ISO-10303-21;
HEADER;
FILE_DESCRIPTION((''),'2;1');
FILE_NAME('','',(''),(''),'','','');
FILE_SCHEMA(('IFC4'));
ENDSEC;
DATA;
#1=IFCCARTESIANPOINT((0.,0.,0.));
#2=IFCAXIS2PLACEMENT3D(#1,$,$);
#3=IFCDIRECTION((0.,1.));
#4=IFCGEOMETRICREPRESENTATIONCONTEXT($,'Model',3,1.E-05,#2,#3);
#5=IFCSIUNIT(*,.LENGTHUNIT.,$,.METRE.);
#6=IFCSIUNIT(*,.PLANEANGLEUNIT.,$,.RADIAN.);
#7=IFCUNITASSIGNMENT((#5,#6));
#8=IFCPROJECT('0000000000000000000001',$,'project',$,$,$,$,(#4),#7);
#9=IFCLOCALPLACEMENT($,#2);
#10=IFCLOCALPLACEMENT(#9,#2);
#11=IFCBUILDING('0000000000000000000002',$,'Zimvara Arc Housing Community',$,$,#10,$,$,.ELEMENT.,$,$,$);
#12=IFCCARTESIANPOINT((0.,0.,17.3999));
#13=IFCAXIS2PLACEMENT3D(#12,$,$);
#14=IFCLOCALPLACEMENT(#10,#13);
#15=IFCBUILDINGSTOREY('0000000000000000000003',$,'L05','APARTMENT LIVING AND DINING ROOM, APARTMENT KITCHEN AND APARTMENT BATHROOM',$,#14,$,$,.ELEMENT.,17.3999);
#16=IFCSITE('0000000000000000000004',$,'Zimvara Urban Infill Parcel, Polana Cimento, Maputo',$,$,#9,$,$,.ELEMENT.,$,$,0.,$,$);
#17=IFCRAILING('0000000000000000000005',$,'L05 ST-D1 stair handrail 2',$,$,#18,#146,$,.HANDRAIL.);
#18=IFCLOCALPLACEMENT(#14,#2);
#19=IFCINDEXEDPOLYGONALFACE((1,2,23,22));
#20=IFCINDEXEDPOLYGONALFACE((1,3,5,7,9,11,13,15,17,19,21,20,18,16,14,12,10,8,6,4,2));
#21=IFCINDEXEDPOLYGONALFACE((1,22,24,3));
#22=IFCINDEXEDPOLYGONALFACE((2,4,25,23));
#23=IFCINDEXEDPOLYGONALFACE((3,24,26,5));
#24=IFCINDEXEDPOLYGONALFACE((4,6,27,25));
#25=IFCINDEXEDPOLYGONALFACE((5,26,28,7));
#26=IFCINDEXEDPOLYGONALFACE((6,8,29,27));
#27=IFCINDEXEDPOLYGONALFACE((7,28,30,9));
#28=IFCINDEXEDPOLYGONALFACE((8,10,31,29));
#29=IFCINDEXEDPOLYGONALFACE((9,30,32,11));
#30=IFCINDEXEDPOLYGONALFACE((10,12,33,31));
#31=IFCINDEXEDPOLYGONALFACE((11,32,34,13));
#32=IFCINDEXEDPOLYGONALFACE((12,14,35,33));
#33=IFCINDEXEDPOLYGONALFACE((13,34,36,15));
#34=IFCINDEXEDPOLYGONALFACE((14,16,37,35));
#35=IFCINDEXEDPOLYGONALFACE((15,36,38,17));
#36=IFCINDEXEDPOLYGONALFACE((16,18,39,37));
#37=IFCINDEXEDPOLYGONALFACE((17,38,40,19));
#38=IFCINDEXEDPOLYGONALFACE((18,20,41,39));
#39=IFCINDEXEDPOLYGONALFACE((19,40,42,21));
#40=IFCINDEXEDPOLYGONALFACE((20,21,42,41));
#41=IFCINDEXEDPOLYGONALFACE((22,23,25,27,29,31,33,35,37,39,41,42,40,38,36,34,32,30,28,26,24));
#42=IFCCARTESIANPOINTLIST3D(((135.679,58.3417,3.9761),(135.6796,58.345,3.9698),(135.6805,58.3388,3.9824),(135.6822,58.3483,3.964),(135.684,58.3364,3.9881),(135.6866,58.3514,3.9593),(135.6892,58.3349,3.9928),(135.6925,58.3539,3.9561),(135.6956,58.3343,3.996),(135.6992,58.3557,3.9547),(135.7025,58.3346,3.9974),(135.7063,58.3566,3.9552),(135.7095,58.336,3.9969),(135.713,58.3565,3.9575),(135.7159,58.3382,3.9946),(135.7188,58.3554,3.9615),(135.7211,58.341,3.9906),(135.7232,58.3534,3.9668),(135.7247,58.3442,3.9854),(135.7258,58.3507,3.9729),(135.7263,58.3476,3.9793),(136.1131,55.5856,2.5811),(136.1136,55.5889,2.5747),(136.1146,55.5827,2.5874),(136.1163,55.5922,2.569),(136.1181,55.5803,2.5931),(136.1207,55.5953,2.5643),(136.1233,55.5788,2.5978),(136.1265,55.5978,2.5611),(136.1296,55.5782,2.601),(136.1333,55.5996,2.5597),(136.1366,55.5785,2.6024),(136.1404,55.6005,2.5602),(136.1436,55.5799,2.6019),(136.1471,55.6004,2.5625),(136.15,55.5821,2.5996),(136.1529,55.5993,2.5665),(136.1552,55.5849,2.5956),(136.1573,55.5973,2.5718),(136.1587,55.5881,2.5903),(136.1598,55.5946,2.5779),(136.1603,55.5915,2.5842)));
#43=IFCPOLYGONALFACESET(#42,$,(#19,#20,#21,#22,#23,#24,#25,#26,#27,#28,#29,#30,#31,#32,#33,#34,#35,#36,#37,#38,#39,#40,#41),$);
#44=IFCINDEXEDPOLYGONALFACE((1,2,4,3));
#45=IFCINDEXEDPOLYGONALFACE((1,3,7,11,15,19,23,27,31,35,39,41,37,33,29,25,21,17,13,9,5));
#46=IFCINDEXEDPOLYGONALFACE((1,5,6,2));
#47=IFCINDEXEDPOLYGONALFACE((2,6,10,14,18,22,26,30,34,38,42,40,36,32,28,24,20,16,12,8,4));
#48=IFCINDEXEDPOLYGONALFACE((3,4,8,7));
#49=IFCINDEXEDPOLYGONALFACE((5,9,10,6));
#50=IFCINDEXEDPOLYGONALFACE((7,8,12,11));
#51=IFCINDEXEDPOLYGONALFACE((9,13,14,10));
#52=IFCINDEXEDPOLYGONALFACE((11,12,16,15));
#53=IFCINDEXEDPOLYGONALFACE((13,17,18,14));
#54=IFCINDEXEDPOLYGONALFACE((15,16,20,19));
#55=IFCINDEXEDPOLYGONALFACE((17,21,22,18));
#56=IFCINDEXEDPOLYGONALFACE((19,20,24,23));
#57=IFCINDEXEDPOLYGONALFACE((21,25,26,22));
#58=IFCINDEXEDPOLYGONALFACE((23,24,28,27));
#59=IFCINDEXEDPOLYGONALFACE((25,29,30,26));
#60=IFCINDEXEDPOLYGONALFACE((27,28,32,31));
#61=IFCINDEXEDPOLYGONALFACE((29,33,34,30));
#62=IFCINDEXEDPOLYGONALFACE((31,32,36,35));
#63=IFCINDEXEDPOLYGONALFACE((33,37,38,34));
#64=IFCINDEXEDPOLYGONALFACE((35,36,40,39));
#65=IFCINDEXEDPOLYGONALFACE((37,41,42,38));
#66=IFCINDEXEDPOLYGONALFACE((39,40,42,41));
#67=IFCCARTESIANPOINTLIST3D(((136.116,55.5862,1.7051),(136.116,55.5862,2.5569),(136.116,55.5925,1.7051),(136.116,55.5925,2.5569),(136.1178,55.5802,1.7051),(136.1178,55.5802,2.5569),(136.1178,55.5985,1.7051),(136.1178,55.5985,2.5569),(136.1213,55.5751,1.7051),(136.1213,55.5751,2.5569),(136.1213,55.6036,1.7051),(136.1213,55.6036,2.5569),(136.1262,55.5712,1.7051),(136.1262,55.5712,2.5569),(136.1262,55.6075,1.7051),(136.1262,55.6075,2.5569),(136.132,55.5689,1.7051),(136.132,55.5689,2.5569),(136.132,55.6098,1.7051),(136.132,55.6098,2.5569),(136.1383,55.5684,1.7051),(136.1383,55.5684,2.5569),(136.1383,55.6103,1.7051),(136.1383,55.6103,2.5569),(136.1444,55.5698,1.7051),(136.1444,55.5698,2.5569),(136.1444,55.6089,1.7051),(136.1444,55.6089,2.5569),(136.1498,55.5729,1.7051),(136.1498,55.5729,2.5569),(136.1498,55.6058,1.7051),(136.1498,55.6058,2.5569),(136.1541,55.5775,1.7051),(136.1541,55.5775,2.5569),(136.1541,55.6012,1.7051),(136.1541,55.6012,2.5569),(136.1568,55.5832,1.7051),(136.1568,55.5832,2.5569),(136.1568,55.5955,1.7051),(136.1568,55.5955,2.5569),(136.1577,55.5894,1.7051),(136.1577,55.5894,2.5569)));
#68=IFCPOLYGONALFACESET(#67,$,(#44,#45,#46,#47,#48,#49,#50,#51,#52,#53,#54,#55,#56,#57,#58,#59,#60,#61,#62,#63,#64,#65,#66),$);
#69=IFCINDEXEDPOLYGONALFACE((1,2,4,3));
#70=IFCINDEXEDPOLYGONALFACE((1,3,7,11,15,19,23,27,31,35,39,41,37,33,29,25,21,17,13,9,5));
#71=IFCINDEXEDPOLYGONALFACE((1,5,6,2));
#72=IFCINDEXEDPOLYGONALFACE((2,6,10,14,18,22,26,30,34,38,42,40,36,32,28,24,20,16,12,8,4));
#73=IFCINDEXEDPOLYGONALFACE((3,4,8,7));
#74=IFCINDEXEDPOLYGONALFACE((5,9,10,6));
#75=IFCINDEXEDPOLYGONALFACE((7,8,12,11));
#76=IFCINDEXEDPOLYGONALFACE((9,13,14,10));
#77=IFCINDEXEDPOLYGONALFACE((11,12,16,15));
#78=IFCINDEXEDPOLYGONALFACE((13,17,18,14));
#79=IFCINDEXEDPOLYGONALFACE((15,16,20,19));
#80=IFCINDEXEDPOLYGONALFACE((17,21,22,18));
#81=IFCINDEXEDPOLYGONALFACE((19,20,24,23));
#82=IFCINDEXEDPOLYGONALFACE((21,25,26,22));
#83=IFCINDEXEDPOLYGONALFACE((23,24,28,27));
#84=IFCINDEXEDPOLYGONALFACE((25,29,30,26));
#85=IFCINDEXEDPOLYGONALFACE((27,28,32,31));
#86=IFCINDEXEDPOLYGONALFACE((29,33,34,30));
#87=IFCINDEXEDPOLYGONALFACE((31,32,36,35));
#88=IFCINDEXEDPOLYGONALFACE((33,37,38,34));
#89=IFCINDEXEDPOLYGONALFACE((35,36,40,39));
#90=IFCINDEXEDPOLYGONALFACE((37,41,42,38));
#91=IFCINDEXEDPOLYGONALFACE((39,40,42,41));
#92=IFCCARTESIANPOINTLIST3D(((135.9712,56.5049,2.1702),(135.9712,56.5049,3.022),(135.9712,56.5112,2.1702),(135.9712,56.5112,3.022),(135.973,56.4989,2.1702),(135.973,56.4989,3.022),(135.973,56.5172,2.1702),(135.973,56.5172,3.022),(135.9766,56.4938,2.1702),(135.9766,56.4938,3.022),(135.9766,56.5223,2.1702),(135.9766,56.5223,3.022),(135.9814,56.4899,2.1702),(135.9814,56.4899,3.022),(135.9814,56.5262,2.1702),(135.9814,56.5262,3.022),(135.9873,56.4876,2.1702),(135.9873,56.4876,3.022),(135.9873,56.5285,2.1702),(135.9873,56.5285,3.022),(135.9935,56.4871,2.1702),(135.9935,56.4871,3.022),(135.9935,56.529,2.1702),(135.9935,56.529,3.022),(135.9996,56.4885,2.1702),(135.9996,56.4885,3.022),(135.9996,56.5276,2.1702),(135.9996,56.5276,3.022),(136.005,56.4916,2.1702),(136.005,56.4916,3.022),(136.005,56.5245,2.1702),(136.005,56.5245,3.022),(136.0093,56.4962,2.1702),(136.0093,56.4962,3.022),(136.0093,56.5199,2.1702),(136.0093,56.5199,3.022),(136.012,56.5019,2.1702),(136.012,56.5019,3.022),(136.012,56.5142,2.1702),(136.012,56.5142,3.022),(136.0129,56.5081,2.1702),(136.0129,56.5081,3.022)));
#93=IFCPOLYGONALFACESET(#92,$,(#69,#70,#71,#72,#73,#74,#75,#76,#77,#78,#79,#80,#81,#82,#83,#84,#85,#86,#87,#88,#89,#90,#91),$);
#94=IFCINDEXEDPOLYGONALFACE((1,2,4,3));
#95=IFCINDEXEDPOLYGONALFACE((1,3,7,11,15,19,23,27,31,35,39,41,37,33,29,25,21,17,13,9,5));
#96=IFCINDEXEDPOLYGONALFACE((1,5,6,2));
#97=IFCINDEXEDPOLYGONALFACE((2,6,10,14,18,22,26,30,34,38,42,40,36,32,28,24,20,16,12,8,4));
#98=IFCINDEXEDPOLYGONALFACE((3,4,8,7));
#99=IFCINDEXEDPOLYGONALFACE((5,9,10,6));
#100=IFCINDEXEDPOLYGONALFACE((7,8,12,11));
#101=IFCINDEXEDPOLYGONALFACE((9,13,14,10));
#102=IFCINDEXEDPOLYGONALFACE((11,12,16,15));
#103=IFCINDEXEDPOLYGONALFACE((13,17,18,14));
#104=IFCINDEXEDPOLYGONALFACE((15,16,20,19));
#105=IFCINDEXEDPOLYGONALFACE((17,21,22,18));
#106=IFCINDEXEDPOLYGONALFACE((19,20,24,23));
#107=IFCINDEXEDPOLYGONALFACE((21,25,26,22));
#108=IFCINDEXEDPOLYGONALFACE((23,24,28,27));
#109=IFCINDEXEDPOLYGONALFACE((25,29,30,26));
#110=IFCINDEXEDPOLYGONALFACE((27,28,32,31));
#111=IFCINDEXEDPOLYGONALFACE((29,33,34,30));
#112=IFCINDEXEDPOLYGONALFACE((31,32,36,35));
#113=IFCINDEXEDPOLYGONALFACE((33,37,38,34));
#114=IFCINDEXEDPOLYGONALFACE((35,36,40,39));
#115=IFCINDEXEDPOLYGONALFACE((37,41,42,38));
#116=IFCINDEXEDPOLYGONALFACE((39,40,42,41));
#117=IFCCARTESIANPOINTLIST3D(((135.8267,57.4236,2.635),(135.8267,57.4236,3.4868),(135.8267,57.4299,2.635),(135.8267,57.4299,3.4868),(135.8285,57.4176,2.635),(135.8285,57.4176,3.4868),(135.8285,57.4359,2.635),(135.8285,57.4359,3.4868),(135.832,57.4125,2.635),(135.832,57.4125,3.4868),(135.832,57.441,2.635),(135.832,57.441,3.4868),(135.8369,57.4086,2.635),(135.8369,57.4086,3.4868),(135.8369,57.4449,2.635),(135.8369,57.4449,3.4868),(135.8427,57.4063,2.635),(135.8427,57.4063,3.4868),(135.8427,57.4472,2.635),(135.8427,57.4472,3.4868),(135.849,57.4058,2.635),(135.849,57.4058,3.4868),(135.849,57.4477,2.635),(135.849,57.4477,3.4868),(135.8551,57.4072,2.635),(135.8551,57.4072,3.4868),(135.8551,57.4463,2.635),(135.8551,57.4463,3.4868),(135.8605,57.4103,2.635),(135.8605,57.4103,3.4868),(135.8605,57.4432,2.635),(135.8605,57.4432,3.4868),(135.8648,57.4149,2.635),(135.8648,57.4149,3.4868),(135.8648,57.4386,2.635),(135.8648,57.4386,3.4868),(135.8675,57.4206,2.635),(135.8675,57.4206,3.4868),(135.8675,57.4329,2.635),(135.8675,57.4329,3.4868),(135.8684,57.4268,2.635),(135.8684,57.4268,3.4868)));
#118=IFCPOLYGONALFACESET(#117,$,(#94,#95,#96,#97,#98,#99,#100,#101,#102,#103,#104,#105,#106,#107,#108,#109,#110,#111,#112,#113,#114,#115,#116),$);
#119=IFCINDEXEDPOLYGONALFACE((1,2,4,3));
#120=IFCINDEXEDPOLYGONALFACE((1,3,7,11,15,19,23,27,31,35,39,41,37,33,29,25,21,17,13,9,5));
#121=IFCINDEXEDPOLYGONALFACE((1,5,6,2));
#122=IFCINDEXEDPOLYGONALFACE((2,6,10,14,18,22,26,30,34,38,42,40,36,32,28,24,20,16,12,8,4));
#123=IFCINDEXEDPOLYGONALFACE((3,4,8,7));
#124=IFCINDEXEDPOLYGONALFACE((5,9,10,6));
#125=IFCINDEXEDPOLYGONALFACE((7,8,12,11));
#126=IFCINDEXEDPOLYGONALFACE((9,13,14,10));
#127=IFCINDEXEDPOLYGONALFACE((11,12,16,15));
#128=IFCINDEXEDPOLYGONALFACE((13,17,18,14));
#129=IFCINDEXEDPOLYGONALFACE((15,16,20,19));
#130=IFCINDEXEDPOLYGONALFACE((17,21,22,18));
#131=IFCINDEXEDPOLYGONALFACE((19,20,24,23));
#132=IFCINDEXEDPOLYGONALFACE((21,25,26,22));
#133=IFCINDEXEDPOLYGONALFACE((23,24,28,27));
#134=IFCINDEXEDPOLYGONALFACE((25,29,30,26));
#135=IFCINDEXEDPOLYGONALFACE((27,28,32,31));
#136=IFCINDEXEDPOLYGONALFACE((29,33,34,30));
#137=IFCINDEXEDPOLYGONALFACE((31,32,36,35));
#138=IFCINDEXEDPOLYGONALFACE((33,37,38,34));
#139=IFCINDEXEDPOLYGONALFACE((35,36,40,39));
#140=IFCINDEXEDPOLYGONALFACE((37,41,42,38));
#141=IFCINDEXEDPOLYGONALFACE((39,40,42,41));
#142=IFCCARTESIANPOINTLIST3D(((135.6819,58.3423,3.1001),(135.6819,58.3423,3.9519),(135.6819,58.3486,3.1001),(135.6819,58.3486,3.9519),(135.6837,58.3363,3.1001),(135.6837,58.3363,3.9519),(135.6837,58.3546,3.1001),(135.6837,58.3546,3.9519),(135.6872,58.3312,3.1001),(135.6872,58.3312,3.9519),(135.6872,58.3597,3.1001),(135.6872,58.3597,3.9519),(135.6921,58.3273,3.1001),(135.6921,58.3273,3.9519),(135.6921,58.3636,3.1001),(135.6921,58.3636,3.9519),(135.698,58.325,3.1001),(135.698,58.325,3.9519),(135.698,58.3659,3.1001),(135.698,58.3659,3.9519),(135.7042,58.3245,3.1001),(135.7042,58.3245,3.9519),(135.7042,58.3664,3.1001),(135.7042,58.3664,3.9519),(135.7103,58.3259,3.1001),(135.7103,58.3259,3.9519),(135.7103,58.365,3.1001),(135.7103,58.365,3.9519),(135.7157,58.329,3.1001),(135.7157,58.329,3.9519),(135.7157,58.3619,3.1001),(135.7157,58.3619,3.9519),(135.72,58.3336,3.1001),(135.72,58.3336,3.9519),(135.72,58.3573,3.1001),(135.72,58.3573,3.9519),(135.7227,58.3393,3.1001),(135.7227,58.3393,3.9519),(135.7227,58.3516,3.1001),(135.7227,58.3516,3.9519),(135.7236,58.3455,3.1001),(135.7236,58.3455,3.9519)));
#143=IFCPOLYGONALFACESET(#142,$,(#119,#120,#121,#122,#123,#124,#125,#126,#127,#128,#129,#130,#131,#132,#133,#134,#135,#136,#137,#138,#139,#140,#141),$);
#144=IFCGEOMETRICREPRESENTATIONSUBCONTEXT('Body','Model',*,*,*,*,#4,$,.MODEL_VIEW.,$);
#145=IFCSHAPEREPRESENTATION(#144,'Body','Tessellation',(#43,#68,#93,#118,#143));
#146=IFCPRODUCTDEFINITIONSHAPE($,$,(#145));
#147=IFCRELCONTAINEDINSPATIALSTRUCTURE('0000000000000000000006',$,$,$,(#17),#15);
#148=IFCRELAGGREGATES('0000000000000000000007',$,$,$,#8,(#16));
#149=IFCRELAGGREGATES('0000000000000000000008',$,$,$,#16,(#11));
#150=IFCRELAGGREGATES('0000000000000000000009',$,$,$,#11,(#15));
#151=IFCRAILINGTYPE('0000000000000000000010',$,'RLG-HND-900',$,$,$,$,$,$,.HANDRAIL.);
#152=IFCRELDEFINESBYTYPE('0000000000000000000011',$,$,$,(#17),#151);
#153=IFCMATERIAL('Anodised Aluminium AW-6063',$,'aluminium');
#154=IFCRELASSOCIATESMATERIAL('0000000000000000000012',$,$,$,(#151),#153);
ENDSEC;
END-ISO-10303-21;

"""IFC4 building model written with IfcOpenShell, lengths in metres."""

from ifc_helpers import new_model, si_unit, direction, frame, origin, origin_2d, place, context, subcontext, project, spatial, circle, extrude, material, type_object, element, save


model = new_model("IFC4")

# Units and contexts
model_context = context("Model", 3, precision=1e-05, world=origin(), true_north=direction((0.0, 1.0)))
body_context = subcontext(model_context, "Body", "Model", "MODEL_VIEW")
ifc_project = project(units=[si_unit("LENGTHUNIT", "METRE"), si_unit("PLANEANGLEUNIT", "RADIAN")], contexts=[model_context])

# Site, building, storey
site_placement = place(None, origin())
site = spatial("IfcSite", under=ifc_project, at=site_placement, Name="Zimvara Urban Infill Parcel, Polana Cimento, Maputo", CompositionType="ELEMENT", RefElevation=0.0)
building_placement = place(site_placement, origin())
building = spatial("IfcBuilding", under=site, at=building_placement, Name="Zimvara Arc Housing Community", CompositionType="ELEMENT")
storey_placement = place(building_placement, frame((0.0, 0.0, 17.3999)))
storey = spatial("IfcBuildingStorey", under=building, at=storey_placement, Name="L05", Description="APARTMENT LIVING AND DINING ROOM, APARTMENT KITCHEN AND APARTMENT BATHROOM", CompositionType="ELEMENT", Elevation=17.3999)

# Railing
ifc_material_1 = material(Name="Anodised Aluminium AW-6063", Category="aluminium")
railing_type_1 = type_object("IfcRailingType", Name="RLG-HND-900", PredefinedType="HANDRAIL", material=ifc_material_1)
railing_1_placement = place(storey_placement, frame((136.1367, 55.5894, 1.7051)))
element("IfcRailing", 1, at=railing_1_placement, inside=storey, type_object=railing_type_1, Name="L05 ST-D1 stair handrail 2", PredefinedType="HANDRAIL", context=body_context, shape_type="SweptSolid", body=[
    extrude(circle(Radius=0.0239, at=origin_2d()), frame((0.0, 0.0, 0.876), z_axis=(-0.139156, 0.883538, 0.447209), x_axis=(-0.987823, -0.155581, 0.0)), (0.0, 0.0, 1.0), 3.1194),
    extrude(circle(Radius=0.021, at=origin_2d()), origin(), (0.0, 0.0, 1.0), 0.8518),
    extrude(circle(Radius=0.021, at=origin_2d()), frame((-0.1448, 0.9187, 0.4651)), (0.0, 0.0, 1.0), 0.8518),
    extrude(circle(Radius=0.021, at=origin_2d()), frame((-0.2893, 1.8374, 0.9299)), (0.0, 0.0, 1.0), 0.8518),
    extrude(circle(Radius=0.021, at=origin_2d()), frame((-0.4341, 2.7561, 1.395)), (0.0, 0.0, 1.0), 0.8518),
])

save(model, "model.ifc")
